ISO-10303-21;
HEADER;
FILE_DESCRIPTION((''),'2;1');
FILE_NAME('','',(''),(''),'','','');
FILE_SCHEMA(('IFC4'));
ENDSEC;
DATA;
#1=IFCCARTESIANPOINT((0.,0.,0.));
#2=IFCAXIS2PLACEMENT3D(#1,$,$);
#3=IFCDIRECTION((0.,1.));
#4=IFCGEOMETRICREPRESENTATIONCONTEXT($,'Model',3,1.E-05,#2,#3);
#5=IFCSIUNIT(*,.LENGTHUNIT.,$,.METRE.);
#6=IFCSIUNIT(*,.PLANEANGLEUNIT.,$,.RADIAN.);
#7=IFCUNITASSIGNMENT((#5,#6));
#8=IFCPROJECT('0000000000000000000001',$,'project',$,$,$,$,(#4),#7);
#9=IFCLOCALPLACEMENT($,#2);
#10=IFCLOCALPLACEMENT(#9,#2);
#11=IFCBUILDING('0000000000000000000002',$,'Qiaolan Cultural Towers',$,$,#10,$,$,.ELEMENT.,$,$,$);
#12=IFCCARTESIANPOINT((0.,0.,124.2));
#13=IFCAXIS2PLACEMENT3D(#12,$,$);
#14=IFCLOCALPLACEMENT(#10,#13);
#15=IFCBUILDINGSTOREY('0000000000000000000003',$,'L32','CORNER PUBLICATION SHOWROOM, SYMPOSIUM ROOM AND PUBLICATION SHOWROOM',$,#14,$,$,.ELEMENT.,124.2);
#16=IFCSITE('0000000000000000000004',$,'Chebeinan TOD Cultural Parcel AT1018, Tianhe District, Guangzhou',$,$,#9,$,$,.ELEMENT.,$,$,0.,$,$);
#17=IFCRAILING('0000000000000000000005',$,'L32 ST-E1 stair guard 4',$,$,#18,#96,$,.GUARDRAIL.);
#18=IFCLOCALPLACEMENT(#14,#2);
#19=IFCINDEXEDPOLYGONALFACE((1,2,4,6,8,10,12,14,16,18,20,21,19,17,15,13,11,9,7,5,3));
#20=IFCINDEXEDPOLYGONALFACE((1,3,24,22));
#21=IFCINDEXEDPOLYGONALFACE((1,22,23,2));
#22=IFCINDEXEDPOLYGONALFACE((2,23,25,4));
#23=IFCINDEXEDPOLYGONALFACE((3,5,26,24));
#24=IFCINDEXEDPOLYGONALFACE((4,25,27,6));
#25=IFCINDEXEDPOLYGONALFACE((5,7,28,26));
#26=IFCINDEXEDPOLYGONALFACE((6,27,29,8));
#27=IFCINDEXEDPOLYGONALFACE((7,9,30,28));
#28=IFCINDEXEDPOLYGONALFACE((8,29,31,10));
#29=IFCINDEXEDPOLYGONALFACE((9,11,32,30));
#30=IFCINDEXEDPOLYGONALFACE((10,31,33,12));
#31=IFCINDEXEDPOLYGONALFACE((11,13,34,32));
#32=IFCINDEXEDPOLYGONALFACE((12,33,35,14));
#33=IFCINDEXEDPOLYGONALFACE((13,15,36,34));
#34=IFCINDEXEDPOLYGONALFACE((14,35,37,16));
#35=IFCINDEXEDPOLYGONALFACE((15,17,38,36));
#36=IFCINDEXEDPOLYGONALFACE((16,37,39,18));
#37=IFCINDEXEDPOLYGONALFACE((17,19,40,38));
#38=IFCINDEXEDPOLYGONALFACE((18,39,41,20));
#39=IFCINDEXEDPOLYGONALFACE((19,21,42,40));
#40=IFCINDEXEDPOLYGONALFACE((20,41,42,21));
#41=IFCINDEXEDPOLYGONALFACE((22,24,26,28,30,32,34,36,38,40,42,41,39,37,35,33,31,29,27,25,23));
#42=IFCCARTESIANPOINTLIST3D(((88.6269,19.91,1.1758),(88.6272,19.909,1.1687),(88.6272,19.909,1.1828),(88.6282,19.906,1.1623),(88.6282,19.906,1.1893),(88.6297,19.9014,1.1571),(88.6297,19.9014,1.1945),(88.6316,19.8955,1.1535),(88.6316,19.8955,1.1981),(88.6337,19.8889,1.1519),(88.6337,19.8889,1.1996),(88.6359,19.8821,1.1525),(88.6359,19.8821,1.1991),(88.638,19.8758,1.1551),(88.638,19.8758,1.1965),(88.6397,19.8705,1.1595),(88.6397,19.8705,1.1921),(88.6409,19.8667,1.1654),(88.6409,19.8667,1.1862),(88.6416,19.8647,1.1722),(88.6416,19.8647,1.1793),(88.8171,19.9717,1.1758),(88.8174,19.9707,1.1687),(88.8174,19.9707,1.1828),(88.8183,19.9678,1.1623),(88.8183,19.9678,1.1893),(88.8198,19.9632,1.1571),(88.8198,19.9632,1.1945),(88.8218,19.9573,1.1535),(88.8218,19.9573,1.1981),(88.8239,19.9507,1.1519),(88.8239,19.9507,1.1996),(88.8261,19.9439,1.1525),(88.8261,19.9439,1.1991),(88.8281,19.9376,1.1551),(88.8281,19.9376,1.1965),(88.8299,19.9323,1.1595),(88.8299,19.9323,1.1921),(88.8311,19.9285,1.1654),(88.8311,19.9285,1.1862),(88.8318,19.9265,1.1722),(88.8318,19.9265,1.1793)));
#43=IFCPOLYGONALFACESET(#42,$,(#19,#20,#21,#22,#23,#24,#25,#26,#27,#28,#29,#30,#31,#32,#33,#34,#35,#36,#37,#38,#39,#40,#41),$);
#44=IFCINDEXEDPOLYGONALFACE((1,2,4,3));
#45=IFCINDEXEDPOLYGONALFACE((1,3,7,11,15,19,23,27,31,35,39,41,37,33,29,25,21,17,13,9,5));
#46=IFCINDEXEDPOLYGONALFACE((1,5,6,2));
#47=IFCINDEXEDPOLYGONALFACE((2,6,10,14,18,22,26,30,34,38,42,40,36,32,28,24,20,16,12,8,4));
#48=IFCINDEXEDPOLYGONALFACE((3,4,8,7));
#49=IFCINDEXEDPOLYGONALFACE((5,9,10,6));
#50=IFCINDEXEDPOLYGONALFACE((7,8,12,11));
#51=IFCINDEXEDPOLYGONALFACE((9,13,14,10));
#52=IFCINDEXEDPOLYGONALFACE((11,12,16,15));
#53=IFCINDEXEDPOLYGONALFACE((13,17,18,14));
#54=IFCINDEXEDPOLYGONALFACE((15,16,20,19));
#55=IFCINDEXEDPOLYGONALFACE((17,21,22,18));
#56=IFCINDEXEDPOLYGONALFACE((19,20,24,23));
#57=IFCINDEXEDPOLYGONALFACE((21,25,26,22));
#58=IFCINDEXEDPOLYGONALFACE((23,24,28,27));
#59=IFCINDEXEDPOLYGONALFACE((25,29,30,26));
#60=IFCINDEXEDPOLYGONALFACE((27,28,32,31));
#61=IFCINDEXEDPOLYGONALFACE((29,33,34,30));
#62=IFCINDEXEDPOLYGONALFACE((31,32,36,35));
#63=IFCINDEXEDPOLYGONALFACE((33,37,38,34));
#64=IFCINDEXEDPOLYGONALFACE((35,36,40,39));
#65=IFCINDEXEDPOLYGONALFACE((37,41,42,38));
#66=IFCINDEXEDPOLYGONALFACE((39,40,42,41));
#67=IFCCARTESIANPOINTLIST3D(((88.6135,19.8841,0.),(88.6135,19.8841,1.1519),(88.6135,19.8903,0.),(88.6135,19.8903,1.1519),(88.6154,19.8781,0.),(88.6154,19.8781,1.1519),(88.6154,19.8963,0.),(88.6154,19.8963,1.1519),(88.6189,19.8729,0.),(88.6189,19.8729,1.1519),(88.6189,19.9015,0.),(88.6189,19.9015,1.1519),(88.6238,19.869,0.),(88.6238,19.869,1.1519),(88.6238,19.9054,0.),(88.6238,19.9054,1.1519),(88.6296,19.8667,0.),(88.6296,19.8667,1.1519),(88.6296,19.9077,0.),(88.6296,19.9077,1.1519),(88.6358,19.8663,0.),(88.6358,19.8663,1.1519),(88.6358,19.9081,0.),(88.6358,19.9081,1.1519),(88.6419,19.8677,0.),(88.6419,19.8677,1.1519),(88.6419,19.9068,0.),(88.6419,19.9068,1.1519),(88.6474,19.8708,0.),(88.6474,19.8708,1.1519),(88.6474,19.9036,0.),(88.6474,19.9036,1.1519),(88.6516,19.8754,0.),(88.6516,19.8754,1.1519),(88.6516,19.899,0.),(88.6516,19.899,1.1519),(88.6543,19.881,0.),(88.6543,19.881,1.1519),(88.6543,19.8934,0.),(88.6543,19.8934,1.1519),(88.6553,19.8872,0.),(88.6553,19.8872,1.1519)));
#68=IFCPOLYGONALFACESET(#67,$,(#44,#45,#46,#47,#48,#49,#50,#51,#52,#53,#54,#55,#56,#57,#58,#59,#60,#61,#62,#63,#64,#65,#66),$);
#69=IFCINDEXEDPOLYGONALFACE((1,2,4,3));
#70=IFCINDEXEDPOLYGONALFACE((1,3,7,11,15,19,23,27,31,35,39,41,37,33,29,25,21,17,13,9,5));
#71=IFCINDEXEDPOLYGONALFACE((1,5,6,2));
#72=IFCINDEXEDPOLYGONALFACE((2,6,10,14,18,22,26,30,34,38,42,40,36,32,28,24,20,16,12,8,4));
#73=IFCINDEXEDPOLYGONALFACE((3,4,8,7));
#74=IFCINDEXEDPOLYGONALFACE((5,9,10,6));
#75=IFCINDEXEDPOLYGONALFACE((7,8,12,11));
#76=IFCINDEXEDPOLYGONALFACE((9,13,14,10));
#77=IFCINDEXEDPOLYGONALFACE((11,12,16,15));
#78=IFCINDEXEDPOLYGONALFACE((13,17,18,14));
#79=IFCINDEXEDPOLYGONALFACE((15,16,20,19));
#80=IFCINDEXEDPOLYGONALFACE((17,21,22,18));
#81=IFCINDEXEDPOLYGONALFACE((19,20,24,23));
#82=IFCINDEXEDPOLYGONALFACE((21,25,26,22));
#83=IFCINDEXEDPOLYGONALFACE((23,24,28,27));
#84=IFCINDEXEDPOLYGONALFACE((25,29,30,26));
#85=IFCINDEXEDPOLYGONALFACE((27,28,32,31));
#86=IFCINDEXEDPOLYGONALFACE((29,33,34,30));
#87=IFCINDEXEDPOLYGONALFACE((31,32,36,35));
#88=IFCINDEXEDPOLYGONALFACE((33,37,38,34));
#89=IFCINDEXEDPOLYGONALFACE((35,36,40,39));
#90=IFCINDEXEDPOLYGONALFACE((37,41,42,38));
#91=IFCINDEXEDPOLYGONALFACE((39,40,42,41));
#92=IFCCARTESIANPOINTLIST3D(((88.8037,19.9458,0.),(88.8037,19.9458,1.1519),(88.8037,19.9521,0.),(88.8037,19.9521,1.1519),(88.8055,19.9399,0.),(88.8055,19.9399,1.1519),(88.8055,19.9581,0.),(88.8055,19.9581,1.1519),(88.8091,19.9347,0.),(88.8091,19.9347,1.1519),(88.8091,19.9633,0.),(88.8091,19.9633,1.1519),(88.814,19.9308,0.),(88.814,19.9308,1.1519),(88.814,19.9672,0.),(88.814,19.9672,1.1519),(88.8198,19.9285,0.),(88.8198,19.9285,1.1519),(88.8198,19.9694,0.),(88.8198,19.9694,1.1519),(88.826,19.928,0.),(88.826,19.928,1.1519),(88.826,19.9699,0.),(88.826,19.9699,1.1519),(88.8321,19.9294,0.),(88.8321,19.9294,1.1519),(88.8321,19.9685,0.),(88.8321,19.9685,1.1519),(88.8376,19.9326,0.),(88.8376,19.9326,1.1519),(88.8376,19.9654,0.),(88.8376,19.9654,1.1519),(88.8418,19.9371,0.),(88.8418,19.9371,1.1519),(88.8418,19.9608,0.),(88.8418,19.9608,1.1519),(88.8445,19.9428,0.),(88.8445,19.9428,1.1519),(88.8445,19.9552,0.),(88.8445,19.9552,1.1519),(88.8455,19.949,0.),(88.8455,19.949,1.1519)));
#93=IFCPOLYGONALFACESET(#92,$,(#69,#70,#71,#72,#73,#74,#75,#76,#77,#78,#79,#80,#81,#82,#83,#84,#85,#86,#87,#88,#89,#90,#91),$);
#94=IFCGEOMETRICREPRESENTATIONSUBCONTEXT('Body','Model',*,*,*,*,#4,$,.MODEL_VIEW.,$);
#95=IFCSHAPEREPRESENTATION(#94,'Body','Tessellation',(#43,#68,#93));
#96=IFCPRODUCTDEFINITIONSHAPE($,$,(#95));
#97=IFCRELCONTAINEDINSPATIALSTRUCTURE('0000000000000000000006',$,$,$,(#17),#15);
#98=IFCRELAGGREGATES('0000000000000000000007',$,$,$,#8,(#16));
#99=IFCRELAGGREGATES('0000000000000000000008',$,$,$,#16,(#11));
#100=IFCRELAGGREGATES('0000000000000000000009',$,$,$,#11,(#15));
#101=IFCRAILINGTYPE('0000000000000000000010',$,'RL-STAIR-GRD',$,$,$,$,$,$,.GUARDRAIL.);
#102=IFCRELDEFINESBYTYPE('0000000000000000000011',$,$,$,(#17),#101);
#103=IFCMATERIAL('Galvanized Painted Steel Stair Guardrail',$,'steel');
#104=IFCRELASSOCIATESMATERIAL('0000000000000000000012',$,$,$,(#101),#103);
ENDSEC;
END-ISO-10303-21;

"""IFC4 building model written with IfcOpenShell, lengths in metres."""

from ifc_helpers import new_model, si_unit, direction, frame, origin, origin_2d, place, context, subcontext, project, spatial, circle, extrude, material, type_object, element, save


model = new_model("IFC4")

# Units and contexts
model_context = context("Model", 3, precision=1e-05, world=origin(), true_north=direction((0.0, 1.0)))
body_context = subcontext(model_context, "Body", "Model", "MODEL_VIEW")
ifc_project = project(units=[si_unit("LENGTHUNIT", "METRE"), si_unit("PLANEANGLEUNIT", "RADIAN")], contexts=[model_context])

# Site, building, storey
site_placement = place(None, origin())
site = spatial("IfcSite", under=ifc_project, at=site_placement, Name="Chebeinan TOD Cultural Parcel AT1018, Tianhe District, Guangzhou", CompositionType="ELEMENT", RefElevation=0.0)
building_placement = place(site_placement, origin())
building = spatial("IfcBuilding", under=site, at=building_placement, Name="Qiaolan Cultural Towers", CompositionType="ELEMENT")
storey_placement = place(building_placement, frame((0.0, 0.0, 124.2)))
storey = spatial("IfcBuildingStorey", under=building, at=storey_placement, Name="L32", Description="CORNER PUBLICATION SHOWROOM, SYMPOSIUM ROOM AND PUBLICATION SHOWROOM", CompositionType="ELEMENT", Elevation=124.2)

# Railing
ifc_material_1 = material(Name="Galvanized Painted Steel Stair Guardrail", Category="steel")
railing_type_1 = type_object("IfcRailingType", Name="RL-STAIR-GRD", PredefinedType="GUARDRAIL", material=ifc_material_1)
railing_1_placement = place(storey_placement, frame((88.6343, 19.8872, 0.0)))
element("IfcRailing", 1, at=railing_1_placement, inside=storey, type_object=railing_type_1, Name="L32 ST-E1 stair guard 4", PredefinedType="GUARDRAIL", context=body_context, shape_type="SweptSolid", body=[
    extrude(circle(Radius=0.0239, at=origin_2d()), frame((0.0, 0.0, 1.1758), z_axis=(0.951097, 0.308893, 0.0), x_axis=(-0.308893, 0.951097, 0.0)), (0.0, 0.0, 1.0), 0.2),
    extrude(circle(Radius=0.021, at=origin_2d()), origin(), (0.0, 0.0, 1.0), 1.1519),
    extrude(circle(Radius=0.021, at=origin_2d()), frame((0.1902, 0.0618, 0.0)), (0.0, 0.0, 1.0), 1.1519),
])

save(model, "model.ifc")
